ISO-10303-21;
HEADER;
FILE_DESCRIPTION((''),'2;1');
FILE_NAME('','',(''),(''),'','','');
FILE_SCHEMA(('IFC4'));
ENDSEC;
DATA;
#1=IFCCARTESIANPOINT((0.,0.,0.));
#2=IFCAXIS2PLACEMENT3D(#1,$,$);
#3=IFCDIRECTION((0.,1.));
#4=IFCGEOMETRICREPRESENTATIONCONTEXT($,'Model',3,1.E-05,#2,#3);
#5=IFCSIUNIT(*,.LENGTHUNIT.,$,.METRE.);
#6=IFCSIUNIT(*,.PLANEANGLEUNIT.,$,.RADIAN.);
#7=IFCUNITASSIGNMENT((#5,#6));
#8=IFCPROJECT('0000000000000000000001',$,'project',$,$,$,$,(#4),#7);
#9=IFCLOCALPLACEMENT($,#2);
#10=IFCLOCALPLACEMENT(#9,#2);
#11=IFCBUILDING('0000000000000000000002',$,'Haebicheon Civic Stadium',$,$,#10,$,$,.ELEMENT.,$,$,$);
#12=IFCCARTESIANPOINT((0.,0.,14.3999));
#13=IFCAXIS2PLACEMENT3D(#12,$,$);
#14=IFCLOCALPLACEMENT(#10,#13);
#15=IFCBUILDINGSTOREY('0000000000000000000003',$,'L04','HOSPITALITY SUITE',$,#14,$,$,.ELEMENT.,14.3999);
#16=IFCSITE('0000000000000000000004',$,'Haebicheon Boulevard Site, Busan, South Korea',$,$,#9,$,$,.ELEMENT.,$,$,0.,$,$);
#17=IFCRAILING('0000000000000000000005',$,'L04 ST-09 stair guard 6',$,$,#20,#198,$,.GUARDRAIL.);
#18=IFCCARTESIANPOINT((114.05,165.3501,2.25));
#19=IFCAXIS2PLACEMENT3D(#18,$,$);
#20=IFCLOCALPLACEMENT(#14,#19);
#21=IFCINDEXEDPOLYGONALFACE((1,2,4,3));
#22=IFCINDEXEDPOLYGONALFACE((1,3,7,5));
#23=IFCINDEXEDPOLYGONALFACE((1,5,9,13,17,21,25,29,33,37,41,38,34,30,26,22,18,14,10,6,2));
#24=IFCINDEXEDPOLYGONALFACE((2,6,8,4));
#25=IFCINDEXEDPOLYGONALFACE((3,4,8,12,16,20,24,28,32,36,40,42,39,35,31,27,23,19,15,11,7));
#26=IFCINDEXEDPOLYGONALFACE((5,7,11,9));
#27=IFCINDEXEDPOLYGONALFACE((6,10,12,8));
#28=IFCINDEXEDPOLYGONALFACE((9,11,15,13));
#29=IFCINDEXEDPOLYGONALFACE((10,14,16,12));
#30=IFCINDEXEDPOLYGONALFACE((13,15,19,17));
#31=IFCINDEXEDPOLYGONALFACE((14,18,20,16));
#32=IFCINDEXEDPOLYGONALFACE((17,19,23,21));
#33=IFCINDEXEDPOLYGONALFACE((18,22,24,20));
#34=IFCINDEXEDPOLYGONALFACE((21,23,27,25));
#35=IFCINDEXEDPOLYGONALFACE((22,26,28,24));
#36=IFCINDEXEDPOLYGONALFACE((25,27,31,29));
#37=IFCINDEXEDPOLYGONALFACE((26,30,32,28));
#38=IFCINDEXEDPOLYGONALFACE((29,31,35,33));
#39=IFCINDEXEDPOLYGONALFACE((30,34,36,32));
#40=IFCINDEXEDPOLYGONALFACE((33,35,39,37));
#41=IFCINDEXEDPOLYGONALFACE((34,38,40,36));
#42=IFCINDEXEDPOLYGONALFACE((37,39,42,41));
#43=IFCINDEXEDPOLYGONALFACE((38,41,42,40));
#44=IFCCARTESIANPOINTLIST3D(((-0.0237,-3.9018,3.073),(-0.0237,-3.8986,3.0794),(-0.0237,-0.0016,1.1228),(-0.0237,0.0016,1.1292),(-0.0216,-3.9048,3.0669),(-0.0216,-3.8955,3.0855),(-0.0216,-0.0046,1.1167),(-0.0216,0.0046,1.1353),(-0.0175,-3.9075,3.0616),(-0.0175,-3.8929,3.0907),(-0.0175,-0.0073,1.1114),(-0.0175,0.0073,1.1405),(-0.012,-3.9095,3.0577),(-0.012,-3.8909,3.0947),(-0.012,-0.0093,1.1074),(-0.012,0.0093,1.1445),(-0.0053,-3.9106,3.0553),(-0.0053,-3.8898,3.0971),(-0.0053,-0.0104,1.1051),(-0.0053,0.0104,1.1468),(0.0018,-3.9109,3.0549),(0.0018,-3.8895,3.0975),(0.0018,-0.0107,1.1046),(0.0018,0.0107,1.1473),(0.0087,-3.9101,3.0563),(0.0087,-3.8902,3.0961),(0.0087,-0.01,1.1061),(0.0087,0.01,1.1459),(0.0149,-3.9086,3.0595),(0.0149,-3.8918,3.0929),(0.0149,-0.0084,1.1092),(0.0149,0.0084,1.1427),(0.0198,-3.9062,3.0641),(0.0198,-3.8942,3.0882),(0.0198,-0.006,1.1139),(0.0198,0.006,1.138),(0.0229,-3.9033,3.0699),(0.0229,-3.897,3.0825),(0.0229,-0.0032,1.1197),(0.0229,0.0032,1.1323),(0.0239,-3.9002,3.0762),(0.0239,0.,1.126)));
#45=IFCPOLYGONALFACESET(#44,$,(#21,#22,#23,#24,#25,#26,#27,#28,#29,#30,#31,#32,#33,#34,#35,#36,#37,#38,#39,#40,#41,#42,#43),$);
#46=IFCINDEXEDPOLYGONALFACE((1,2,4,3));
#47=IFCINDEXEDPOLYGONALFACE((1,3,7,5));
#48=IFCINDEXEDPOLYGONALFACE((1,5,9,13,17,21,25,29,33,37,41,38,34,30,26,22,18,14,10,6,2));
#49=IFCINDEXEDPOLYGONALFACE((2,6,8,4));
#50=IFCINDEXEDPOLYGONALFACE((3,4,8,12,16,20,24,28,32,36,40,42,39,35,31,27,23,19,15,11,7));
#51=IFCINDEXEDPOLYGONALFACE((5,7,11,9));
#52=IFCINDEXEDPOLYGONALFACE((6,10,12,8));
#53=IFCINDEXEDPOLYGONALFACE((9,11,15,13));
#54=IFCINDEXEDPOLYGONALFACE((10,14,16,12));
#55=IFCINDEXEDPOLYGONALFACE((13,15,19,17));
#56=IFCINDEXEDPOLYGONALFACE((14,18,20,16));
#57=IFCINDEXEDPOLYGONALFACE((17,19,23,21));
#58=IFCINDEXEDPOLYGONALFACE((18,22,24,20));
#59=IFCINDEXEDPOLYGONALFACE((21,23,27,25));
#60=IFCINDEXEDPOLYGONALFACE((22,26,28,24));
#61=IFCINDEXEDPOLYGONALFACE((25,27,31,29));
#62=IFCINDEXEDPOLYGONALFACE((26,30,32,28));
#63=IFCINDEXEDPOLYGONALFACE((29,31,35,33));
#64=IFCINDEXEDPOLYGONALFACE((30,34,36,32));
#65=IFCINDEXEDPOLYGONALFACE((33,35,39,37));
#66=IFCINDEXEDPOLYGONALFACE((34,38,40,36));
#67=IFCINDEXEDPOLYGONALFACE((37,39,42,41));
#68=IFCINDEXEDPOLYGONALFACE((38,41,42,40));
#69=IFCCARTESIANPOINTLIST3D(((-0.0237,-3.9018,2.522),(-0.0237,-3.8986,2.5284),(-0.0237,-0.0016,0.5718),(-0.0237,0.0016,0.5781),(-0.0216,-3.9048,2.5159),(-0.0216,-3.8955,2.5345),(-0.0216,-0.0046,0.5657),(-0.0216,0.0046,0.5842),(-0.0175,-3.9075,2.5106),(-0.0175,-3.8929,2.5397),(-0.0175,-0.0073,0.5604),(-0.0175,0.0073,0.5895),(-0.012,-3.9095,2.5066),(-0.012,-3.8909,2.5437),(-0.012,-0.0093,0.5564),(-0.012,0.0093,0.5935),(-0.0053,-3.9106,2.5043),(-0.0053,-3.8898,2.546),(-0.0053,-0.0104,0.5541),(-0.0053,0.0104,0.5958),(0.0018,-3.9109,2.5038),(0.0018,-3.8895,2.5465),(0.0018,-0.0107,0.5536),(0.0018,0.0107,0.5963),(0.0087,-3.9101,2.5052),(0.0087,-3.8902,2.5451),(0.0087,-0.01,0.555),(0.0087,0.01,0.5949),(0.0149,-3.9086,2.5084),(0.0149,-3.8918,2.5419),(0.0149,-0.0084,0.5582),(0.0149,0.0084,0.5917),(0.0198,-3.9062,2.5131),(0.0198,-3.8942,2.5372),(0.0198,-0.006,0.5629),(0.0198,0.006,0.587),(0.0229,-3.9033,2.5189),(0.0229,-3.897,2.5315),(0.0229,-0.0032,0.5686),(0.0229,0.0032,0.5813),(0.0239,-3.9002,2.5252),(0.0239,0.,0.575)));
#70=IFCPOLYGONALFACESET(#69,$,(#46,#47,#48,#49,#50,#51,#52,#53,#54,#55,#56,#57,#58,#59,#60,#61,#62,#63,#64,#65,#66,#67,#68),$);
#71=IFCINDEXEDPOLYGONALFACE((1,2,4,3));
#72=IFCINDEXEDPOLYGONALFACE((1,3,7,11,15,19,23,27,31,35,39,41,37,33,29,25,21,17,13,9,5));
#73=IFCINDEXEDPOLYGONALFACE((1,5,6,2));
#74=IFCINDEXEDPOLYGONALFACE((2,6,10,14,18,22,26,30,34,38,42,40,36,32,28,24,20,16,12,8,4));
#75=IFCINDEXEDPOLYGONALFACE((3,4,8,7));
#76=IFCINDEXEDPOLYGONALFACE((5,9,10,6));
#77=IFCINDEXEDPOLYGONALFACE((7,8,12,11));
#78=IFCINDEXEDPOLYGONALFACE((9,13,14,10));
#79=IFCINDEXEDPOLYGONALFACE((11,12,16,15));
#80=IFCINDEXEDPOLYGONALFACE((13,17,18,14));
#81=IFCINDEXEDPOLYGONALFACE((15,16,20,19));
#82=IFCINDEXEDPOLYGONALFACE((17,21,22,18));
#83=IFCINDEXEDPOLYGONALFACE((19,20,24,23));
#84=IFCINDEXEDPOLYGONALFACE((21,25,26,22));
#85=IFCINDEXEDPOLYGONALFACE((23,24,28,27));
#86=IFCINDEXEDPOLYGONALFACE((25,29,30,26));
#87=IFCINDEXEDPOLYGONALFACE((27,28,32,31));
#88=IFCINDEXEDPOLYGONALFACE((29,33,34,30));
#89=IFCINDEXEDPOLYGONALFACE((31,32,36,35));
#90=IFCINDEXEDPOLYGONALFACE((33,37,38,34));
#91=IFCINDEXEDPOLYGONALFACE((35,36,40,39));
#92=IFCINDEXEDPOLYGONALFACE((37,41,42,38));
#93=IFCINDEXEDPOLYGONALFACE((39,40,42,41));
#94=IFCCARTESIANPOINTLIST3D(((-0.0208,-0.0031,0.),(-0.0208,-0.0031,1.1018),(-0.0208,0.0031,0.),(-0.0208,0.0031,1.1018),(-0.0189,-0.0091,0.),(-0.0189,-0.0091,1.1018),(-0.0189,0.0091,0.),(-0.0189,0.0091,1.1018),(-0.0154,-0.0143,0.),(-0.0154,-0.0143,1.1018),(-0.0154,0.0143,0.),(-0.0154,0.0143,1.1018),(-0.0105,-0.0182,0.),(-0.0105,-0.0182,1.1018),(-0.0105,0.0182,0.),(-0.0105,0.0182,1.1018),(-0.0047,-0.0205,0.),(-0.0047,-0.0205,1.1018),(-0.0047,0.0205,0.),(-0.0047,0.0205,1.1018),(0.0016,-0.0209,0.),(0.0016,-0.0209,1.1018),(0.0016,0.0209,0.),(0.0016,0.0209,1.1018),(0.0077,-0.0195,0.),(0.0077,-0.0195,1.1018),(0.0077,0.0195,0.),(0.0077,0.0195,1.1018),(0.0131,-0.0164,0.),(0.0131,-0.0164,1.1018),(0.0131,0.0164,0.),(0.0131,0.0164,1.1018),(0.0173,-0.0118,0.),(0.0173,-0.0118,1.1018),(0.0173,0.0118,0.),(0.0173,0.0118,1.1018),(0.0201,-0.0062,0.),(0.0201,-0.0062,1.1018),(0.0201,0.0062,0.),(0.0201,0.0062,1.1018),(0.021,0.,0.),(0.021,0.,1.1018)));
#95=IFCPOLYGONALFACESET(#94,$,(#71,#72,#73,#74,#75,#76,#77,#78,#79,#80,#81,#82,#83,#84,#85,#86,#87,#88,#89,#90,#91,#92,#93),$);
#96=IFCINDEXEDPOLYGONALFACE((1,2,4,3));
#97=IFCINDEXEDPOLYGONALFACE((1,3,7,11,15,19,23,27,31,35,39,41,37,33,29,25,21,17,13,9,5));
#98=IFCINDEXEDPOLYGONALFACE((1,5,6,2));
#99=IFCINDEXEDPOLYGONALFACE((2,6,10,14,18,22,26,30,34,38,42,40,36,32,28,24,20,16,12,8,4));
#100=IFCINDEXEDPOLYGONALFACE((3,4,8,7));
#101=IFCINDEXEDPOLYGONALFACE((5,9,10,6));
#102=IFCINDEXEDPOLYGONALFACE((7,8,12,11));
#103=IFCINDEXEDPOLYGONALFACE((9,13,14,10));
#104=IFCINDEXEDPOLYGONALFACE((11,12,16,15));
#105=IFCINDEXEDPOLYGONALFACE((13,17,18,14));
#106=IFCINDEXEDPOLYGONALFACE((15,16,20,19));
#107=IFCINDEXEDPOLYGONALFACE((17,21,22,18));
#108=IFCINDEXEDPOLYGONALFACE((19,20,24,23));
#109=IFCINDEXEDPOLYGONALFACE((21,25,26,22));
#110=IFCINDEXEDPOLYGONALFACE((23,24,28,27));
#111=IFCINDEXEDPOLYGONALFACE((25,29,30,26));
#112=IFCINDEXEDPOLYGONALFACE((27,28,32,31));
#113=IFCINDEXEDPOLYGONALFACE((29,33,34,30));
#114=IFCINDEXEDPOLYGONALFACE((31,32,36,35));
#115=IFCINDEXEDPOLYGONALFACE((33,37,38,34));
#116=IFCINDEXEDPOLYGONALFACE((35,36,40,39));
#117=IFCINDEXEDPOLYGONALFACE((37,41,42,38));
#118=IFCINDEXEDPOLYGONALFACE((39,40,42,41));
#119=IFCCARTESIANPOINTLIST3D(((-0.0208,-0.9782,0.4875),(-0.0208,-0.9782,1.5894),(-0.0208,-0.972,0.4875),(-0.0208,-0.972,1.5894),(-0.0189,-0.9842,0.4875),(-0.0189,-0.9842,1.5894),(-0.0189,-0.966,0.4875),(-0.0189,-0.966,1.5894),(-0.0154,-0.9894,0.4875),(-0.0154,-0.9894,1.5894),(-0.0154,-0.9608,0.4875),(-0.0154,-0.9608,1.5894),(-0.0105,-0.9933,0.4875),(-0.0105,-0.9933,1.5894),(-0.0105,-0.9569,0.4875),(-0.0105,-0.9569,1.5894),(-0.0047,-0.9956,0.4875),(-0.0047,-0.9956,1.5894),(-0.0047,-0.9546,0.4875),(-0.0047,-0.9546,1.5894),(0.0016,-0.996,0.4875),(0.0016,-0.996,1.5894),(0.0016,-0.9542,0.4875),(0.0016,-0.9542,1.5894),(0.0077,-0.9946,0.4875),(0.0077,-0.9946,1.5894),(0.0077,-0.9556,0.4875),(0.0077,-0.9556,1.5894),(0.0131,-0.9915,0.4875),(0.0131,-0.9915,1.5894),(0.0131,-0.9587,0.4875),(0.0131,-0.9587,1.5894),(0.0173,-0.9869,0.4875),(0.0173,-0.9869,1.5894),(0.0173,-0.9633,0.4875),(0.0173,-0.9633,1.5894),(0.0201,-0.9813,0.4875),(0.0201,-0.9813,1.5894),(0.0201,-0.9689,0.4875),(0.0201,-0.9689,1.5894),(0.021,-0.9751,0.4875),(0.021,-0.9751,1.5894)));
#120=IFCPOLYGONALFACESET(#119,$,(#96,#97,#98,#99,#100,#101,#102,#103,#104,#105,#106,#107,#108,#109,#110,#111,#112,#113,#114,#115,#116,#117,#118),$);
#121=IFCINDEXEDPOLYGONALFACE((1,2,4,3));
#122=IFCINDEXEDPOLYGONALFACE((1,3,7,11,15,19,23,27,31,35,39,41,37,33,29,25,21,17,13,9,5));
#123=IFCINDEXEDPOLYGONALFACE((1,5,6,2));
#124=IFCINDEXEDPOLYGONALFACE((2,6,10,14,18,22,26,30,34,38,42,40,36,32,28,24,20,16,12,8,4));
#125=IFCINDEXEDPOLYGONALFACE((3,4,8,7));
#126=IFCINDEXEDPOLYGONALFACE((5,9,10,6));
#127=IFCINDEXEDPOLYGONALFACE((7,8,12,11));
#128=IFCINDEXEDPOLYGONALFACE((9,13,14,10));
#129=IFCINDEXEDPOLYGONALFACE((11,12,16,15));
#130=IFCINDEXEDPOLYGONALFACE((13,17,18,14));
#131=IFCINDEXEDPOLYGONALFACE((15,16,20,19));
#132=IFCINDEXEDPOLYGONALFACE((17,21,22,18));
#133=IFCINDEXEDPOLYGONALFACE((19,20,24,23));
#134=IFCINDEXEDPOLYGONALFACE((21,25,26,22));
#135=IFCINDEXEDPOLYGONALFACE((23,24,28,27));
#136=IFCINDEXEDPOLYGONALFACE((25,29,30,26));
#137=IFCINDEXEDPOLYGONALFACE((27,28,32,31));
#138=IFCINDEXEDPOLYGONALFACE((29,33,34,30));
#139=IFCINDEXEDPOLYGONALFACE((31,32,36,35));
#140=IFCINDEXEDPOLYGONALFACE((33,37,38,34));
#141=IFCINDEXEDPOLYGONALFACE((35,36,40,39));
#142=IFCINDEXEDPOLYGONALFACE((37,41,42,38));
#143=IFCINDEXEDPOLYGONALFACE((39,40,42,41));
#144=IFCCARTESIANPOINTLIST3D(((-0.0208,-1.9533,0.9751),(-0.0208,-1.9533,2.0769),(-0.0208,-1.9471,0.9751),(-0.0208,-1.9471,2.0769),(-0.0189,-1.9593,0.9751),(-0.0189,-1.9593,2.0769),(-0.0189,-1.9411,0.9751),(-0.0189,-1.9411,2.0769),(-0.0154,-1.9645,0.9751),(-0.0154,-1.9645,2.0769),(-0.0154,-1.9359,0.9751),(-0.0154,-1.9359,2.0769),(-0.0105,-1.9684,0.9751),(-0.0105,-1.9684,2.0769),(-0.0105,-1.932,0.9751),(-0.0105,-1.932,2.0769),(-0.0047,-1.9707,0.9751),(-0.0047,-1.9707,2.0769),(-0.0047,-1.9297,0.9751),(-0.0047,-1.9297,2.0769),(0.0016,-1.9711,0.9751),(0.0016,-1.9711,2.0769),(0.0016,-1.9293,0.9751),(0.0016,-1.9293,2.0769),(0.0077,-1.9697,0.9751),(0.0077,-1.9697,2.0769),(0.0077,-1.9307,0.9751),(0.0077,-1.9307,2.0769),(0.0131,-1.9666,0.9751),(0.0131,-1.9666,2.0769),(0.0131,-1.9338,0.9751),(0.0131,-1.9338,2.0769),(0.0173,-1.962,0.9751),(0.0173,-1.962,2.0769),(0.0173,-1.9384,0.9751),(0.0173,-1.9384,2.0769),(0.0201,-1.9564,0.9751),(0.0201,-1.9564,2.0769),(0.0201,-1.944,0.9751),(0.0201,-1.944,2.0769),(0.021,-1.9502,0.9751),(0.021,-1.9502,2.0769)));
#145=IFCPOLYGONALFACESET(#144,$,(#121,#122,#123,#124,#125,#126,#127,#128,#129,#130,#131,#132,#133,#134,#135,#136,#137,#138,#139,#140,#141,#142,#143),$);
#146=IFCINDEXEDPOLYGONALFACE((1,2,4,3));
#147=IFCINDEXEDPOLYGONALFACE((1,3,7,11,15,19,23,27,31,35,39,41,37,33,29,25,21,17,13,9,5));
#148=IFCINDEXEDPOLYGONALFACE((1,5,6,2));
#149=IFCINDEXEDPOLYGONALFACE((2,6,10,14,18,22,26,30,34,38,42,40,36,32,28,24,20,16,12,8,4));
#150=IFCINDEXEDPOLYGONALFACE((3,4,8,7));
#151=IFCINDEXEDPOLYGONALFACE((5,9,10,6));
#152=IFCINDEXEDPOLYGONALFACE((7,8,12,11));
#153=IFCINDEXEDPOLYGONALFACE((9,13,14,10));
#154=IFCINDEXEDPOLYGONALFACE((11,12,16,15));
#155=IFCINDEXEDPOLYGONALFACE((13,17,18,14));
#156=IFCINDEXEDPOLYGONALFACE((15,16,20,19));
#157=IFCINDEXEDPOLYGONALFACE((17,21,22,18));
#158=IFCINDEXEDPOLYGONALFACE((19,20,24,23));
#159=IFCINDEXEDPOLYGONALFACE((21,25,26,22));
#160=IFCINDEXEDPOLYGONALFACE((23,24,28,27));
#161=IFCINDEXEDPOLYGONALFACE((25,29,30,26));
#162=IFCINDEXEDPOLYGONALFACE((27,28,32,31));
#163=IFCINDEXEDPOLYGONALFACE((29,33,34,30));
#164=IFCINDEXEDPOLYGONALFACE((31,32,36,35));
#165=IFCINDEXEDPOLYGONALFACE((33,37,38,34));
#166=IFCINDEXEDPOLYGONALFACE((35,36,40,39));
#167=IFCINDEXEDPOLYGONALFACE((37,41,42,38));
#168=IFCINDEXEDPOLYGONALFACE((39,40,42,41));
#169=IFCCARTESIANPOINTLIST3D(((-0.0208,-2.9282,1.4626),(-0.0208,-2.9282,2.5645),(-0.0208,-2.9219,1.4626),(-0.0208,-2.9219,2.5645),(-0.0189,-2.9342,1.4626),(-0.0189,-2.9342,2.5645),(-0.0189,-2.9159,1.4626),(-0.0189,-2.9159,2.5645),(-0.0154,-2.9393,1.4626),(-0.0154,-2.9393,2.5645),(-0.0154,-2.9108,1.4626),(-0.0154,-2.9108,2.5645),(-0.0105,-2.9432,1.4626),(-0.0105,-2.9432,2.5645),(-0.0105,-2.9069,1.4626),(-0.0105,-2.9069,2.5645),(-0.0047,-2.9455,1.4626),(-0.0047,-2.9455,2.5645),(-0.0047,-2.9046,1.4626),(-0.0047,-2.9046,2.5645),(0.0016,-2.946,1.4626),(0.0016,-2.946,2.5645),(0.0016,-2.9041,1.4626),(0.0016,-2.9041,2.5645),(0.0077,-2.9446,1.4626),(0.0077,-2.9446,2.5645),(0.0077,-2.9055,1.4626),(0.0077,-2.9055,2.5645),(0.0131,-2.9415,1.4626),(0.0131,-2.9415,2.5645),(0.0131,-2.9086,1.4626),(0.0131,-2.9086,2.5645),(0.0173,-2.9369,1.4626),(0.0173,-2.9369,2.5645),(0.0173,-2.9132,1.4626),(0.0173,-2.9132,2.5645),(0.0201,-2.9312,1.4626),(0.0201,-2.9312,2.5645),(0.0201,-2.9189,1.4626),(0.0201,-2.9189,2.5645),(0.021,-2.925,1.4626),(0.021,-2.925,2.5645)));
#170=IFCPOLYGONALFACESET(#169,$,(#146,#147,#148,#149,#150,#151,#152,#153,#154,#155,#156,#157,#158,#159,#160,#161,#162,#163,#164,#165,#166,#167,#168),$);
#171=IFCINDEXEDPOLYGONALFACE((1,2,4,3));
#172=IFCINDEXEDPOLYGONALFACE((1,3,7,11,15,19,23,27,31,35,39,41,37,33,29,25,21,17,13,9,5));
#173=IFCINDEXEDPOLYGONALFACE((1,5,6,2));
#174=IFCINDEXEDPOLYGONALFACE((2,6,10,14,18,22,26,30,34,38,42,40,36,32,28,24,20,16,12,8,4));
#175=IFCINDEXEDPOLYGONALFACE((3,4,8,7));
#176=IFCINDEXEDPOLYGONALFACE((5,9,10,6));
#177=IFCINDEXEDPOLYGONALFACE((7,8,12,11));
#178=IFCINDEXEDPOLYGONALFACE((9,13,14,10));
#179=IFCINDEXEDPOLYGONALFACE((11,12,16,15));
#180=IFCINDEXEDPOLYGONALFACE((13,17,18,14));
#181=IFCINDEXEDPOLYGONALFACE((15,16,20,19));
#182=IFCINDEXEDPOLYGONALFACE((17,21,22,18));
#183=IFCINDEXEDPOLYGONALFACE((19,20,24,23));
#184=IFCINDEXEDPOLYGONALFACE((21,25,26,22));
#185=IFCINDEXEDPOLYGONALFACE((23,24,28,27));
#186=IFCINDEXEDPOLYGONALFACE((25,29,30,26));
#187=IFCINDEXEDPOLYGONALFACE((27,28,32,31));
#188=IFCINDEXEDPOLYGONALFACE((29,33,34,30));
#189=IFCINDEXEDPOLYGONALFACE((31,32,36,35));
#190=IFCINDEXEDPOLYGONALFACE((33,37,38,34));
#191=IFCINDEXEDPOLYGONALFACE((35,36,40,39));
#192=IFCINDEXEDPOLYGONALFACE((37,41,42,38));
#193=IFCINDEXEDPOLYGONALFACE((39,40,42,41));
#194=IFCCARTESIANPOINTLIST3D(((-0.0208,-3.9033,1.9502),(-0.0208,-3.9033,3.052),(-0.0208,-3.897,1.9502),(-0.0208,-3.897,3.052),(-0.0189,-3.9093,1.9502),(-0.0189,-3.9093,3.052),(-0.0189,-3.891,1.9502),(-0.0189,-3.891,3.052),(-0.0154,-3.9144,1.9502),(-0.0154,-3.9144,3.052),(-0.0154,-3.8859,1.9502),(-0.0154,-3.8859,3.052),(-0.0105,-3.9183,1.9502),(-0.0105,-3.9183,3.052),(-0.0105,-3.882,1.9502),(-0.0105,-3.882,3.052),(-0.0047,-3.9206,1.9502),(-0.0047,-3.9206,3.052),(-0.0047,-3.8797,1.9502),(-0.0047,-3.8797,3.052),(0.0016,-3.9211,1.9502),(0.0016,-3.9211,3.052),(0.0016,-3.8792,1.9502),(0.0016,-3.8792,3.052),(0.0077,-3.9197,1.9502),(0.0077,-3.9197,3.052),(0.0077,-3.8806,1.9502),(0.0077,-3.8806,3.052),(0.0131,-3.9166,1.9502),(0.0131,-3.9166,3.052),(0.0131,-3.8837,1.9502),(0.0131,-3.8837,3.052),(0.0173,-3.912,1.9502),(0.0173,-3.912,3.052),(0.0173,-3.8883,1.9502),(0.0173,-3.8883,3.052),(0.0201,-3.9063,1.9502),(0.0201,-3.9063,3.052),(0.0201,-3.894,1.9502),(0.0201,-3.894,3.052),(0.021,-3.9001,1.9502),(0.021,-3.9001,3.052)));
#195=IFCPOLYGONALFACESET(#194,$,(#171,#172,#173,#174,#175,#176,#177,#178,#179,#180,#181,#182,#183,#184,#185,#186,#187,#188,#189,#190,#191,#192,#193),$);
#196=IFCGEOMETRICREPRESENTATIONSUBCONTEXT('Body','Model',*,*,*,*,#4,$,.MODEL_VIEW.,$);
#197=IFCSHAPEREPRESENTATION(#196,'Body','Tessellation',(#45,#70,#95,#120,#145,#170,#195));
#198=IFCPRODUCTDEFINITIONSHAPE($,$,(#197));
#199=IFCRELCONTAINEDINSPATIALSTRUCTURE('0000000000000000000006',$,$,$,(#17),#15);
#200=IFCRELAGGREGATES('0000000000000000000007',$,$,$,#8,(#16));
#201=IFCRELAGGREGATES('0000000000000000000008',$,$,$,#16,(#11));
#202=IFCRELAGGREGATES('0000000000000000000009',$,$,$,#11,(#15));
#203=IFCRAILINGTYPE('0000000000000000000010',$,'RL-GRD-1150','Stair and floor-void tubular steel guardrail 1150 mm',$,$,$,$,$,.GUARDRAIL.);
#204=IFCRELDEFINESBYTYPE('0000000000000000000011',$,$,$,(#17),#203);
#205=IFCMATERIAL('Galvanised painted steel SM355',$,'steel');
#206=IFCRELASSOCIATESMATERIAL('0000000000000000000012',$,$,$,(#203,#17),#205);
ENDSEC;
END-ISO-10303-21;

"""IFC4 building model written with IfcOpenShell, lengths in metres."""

from ifc_helpers import new_model, si_unit, direction, frame, origin, origin_2d, place, context, subcontext, project, spatial, circle, extrude, material, type_object, element, save


model = new_model("IFC4")

# Units and contexts
model_context = context("Model", 3, precision=1e-05, world=origin(), true_north=direction((0.0, 1.0)))
body_context = subcontext(model_context, "Body", "Model", "MODEL_VIEW")
ifc_project = project(units=[si_unit("LENGTHUNIT", "METRE"), si_unit("PLANEANGLEUNIT", "RADIAN")], contexts=[model_context])

# Site, building, storey
site_placement = place(None, origin())
site = spatial("IfcSite", under=ifc_project, at=site_placement, Name="Haebicheon Boulevard Site, Busan, South Korea", CompositionType="ELEMENT", RefElevation=0.0)
building_placement = place(site_placement, origin())
building = spatial("IfcBuilding", under=site, at=building_placement, Name="Haebicheon Civic Stadium", CompositionType="ELEMENT")
storey_placement = place(building_placement, frame((0.0, 0.0, 14.3999)))
storey = spatial("IfcBuildingStorey", under=building, at=storey_placement, Name="L04", Description="HOSPITALITY SUITE", CompositionType="ELEMENT", Elevation=14.3999)

# Railing
ifc_material_1 = material(Name="Galvanised painted steel SM355", Category="steel")
railing_type_1 = type_object("IfcRailingType", Name="RL-GRD-1150", Description="Stair and floor-void tubular steel guardrail 1150 mm", PredefinedType="GUARDRAIL", material=ifc_material_1)
railing_1_placement = place(storey_placement, frame((114.05, 165.3501, 2.25)))
element("IfcRailing", 1, at=railing_1_placement, inside=storey, type_object=railing_type_1, material=ifc_material_1, Name="L04 ST-09 stair guard 6", PredefinedType="GUARDRAIL", context=body_context, shape_type="SweptSolid", body=[
    extrude(circle(Radius=0.0239, at=origin_2d()), frame((0.0, 0.0, 1.126), z_axis=(0.0, -0.894416, 0.447236), x_axis=(1.0, 0.0, 0.0)), (0.0, 0.0, 1.0), 4.3606),
    extrude(circle(Radius=0.0239, at=origin_2d()), frame((0.0, 0.0, 0.575), z_axis=(0.0, -0.894416, 0.447236), x_axis=(1.0, 0.0, 0.0)), (0.0, 0.0, 1.0), 4.3606),
    extrude(circle(Radius=0.021, at=origin_2d()), origin(), (0.0, 0.0, 1.0), 1.1018),
    extrude(circle(Radius=0.021, at=origin_2d()), frame((0.0, -0.9751, 0.4875)), (0.0, 0.0, 1.0), 1.1018),
    extrude(circle(Radius=0.021, at=origin_2d()), frame((0.0, -1.9502, 0.9751)), (0.0, 0.0, 1.0), 1.1018),
    extrude(circle(Radius=0.021, at=origin_2d()), frame((0.0, -2.925, 1.4626)), (0.0, 0.0, 1.0), 1.1018),
    extrude(circle(Radius=0.021, at=origin_2d()), frame((0.0, -3.9001, 1.9502)), (0.0, 0.0, 1.0), 1.1018),
])

save(model, "model.ifc")
